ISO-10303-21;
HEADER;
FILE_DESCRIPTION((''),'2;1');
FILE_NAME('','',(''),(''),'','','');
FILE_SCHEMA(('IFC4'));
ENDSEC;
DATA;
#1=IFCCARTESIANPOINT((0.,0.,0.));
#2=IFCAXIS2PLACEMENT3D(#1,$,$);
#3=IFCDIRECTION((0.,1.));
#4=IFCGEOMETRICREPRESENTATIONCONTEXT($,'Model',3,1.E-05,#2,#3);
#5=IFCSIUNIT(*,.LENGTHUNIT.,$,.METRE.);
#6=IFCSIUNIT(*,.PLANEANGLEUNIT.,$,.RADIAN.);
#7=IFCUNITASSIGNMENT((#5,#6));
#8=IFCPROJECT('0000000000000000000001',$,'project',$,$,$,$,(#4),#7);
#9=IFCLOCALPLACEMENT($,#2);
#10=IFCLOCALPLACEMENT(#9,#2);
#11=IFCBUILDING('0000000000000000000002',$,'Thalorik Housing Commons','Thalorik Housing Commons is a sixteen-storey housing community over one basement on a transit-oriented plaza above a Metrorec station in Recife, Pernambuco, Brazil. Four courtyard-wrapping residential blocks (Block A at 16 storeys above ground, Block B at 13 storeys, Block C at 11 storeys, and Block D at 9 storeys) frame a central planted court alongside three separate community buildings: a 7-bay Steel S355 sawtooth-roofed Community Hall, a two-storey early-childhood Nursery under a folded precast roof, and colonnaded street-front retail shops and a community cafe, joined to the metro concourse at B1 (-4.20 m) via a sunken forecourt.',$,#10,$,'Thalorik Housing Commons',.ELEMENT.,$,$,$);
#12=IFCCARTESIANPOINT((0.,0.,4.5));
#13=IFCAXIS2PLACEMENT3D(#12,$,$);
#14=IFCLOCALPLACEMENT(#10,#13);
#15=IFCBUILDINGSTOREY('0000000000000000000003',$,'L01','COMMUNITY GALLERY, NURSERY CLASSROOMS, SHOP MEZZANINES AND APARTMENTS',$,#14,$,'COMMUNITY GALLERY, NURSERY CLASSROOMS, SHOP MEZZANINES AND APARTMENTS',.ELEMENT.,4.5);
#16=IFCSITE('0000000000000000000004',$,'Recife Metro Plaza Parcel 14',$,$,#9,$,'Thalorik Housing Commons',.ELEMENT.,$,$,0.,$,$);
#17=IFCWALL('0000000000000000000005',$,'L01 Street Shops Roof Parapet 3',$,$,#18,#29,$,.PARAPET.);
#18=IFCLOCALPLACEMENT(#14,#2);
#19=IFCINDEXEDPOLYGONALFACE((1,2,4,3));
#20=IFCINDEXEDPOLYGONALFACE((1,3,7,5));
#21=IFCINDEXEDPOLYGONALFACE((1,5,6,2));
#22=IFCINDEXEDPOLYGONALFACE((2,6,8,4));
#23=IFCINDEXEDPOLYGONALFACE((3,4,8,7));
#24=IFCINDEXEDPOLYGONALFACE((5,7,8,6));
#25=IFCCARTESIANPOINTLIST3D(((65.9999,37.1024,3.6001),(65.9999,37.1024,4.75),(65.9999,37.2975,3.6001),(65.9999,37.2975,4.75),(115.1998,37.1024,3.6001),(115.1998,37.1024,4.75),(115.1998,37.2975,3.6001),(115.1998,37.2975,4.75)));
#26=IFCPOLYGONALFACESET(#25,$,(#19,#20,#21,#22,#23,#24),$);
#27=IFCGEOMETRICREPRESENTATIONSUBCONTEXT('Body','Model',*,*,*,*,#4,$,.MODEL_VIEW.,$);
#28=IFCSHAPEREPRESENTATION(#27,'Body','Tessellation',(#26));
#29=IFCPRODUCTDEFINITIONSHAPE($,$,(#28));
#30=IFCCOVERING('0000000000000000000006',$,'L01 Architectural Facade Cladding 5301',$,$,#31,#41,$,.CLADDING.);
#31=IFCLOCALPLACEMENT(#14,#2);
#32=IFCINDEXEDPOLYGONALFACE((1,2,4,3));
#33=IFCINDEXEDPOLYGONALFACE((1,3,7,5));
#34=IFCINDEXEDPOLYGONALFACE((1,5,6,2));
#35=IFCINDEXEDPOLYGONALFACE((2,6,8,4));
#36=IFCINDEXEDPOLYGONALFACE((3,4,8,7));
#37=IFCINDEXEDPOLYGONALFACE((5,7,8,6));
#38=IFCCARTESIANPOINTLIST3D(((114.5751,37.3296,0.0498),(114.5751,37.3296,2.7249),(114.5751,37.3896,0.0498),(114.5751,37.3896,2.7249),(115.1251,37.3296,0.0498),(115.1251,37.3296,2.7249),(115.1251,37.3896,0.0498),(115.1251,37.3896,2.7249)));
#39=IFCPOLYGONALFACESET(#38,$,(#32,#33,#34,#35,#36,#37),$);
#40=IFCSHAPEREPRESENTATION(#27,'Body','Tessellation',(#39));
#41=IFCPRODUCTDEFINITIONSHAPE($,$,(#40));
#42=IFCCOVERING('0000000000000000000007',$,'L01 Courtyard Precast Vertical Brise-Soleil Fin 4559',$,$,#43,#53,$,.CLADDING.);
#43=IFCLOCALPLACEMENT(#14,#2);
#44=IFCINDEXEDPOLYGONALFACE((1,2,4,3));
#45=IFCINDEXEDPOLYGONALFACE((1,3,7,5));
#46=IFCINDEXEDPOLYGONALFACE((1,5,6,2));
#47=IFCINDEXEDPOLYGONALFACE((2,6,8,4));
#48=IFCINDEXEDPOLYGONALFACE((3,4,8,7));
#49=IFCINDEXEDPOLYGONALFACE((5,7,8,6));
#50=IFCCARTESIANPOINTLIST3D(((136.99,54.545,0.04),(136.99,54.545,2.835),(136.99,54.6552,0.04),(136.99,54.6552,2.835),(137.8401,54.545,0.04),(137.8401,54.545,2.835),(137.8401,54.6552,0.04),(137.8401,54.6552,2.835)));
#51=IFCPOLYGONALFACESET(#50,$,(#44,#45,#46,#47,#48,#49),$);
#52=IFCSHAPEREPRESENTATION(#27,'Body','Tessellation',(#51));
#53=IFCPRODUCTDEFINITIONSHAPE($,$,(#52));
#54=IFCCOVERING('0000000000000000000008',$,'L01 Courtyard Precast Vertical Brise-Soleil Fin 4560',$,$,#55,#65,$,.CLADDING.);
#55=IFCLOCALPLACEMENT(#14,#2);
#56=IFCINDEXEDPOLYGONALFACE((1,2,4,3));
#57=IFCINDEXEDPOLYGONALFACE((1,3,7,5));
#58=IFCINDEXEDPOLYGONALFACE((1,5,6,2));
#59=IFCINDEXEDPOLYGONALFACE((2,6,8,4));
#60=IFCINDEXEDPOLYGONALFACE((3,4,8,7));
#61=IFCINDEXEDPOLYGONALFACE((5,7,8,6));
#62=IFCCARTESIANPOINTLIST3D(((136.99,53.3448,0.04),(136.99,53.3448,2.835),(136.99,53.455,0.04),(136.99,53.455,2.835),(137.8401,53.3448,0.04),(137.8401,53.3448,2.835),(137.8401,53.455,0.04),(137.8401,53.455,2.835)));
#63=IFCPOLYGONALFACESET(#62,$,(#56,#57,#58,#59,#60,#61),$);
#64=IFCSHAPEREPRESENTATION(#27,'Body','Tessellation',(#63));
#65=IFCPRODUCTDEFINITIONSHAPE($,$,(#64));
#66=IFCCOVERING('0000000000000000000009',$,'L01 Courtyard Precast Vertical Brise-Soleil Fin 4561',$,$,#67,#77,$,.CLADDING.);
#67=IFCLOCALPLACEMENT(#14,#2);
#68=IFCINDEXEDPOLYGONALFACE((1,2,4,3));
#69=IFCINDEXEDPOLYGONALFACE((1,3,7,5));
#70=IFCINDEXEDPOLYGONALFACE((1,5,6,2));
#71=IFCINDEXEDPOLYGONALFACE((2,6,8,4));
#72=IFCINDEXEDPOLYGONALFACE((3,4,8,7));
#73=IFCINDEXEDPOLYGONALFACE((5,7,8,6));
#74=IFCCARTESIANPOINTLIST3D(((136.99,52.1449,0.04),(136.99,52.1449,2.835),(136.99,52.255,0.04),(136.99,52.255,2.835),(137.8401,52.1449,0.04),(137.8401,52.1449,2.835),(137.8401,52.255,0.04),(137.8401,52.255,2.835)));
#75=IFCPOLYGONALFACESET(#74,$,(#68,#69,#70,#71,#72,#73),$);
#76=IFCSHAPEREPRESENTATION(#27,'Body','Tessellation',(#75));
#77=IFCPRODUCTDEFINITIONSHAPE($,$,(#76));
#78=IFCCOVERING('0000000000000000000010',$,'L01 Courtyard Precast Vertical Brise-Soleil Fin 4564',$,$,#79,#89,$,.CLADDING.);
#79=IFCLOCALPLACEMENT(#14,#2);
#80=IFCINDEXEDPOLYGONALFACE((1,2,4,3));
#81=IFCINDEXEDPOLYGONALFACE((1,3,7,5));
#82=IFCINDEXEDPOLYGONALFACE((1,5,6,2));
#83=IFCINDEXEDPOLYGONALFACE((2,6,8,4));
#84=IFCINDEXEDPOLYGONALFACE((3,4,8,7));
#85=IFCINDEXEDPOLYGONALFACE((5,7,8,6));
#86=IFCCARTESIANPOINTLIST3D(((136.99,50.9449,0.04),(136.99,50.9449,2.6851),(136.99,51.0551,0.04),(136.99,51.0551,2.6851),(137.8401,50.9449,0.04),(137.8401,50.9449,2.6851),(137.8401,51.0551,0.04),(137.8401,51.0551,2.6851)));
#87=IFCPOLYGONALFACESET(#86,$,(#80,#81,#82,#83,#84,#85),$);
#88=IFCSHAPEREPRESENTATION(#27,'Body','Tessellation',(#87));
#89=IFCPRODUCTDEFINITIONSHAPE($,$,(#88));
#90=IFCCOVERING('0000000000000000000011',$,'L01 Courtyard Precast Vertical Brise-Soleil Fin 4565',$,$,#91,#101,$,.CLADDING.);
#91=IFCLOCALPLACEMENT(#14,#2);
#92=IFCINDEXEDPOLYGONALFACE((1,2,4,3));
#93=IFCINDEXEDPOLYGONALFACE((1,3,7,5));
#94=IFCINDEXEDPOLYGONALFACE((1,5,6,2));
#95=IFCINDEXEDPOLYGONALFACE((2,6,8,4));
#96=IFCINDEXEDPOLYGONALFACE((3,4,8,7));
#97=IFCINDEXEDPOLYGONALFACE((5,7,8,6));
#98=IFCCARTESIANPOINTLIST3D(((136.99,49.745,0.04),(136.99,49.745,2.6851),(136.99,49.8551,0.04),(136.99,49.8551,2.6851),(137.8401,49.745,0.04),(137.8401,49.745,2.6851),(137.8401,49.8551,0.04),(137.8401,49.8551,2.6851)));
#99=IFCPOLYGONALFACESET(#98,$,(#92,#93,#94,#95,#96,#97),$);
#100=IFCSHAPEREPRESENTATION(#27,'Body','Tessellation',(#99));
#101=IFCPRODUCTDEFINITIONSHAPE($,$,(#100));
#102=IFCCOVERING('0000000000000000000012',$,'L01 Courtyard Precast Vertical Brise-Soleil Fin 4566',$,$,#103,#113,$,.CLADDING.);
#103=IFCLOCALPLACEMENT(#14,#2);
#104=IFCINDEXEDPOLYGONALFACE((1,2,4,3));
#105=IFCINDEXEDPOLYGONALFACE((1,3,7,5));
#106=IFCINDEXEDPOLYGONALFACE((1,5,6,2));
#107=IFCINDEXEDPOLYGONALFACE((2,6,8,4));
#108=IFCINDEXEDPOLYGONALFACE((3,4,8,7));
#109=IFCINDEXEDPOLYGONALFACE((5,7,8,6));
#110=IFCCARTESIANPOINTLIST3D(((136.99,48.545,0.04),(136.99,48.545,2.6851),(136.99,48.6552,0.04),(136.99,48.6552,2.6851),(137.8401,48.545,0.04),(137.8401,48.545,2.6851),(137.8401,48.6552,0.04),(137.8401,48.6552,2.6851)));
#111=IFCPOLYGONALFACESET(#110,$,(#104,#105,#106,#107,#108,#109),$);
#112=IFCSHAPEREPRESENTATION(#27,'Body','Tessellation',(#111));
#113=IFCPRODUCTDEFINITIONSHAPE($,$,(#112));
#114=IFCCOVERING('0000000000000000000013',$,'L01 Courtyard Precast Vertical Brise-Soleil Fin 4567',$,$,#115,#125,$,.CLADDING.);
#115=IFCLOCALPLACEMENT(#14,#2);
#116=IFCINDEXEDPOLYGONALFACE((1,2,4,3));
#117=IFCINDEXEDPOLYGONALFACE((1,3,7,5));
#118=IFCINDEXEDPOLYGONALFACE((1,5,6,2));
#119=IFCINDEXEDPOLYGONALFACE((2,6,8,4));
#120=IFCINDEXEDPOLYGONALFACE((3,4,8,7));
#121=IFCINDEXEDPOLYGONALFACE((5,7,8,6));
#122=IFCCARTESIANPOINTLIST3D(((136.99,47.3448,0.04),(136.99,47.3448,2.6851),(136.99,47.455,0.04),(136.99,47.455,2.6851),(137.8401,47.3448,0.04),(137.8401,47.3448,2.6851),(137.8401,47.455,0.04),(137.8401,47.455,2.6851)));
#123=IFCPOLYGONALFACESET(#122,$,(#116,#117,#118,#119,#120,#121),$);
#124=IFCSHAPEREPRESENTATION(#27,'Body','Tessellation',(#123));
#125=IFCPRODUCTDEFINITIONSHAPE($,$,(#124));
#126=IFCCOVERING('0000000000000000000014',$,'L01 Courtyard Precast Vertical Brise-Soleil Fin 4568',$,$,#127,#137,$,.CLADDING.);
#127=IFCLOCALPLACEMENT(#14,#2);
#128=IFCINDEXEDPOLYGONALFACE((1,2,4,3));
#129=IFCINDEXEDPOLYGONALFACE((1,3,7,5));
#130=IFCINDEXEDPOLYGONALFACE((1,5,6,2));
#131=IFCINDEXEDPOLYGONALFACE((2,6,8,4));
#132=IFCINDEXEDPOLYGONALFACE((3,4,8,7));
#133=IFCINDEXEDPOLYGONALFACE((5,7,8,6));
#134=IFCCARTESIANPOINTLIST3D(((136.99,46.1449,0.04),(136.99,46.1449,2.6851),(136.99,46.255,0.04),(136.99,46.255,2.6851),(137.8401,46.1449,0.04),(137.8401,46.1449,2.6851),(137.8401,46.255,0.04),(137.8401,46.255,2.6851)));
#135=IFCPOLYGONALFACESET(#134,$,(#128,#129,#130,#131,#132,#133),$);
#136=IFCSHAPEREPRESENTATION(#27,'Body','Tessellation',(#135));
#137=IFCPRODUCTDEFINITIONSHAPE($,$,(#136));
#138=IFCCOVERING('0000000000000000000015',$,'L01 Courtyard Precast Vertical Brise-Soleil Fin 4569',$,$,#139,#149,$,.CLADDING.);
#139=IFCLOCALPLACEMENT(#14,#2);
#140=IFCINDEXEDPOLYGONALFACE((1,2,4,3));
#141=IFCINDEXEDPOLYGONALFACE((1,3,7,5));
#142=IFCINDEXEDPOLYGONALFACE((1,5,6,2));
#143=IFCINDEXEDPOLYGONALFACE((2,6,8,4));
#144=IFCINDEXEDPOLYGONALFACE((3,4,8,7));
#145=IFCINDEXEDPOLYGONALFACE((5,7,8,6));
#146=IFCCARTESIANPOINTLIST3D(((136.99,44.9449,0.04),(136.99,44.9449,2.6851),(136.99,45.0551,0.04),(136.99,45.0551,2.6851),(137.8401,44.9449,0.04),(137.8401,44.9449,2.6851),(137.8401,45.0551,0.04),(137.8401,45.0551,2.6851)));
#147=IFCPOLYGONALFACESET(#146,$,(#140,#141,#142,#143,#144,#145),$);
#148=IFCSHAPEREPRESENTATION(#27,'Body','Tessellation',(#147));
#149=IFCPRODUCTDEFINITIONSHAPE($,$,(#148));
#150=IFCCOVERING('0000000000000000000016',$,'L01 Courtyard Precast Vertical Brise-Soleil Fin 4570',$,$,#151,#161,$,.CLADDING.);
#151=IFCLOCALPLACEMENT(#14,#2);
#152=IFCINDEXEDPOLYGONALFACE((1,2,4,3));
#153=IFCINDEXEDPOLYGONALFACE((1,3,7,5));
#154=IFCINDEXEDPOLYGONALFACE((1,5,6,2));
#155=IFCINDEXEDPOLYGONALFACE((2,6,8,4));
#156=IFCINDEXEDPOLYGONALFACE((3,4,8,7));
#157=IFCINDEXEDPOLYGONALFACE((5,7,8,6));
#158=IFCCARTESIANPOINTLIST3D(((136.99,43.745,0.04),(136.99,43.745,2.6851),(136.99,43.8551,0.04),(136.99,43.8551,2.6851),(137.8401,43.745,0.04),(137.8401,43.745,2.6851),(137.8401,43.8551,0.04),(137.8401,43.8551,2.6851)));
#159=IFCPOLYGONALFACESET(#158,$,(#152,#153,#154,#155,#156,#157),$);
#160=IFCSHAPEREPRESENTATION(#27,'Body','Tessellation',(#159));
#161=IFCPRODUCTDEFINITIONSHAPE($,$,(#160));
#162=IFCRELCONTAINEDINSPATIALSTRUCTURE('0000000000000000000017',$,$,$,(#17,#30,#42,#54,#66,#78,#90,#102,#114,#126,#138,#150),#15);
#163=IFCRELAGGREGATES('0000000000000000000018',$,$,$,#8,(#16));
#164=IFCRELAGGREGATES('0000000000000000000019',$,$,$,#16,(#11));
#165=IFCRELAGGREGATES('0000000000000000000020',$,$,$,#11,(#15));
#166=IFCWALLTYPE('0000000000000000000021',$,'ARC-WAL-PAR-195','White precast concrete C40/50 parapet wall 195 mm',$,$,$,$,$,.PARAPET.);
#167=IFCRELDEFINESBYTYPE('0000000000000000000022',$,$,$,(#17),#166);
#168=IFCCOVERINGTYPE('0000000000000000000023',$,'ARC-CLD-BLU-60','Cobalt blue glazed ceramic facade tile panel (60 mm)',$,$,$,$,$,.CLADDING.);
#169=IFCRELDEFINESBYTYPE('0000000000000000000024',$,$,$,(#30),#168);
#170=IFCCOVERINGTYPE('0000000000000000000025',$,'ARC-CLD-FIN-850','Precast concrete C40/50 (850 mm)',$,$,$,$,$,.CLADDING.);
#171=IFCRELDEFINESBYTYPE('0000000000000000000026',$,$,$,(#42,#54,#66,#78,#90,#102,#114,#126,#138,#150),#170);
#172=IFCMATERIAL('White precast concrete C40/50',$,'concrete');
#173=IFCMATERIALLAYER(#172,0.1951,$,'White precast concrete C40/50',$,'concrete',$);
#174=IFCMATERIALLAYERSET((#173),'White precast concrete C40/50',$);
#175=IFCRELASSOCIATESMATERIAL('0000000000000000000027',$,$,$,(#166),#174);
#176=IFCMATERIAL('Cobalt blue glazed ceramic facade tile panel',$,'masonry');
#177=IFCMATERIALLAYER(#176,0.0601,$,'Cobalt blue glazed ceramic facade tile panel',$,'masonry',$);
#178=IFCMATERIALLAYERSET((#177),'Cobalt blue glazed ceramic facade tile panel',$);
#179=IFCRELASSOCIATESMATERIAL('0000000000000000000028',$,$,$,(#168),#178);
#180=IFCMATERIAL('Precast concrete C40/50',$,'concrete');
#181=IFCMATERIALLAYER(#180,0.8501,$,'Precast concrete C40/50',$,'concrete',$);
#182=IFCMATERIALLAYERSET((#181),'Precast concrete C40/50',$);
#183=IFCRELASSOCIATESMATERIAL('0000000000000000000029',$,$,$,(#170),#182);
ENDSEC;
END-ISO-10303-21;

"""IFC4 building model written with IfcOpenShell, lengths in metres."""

from ifc_helpers import new_model, si_unit, direction, frame, frame_2d, origin, origin_2d, place, context, subcontext, project, spatial, rectangle, extrude, material, layer, layer_set, type_object, element, save


model = new_model("IFC4")

# Units and contexts
model_context = context("Model", 3, precision=1e-05, world=origin(), true_north=direction((0.0, 1.0)))
body_context = subcontext(model_context, "Body", "Model", "MODEL_VIEW")
ifc_project = project(units=[si_unit("LENGTHUNIT", "METRE"), si_unit("PLANEANGLEUNIT", "RADIAN")], contexts=[model_context])

# Site, building, storey
site_placement = place(None, origin())
site = spatial("IfcSite", under=ifc_project, at=site_placement, Name="Recife Metro Plaza Parcel 14", LongName="Thalorik Housing Commons", CompositionType="ELEMENT", RefElevation=0.0)
building_placement = place(site_placement, origin())
building = spatial("IfcBuilding", under=site, at=building_placement, Name="Thalorik Housing Commons", Description="Thalorik Housing Commons is a sixteen-storey housing community over one basement on a transit-oriented plaza above a Metrorec station in Recife, Pernambuco, Brazil. Four courtyard-wrapping residential blocks (Block A at 16 storeys above ground, Block B at 13 storeys, Block C at 11 storeys, and Block D at 9 storeys) frame a central planted court alongside three separate community buildings: a 7-bay Steel S355 sawtooth-roofed Community Hall, a two-storey early-childhood Nursery under a folded precast roof, and colonnaded street-front retail shops and a community cafe, joined to the metro concourse at B1 (-4.20 m) via a sunken forecourt.", LongName="Thalorik Housing Commons", CompositionType="ELEMENT")
storey_placement = place(building_placement, frame((0.0, 0.0, 4.5)))
storey = spatial("IfcBuildingStorey", under=building, at=storey_placement, Name="L01", Description="COMMUNITY GALLERY, NURSERY CLASSROOMS, SHOP MEZZANINES AND APARTMENTS", LongName="COMMUNITY GALLERY, NURSERY CLASSROOMS, SHOP MEZZANINES AND APARTMENTS", CompositionType="ELEMENT", Elevation=4.5)

# Shared definitions
ifc_material_1 = material(Name="Precast concrete C40/50", Category="concrete")

# Shared definitions
ifc_material_2 = material(Name="White precast concrete C40/50", Category="concrete")

# Wall
ifc_layer_1 = layer(ifc_material_2, 0.1951, Name="White precast concrete C40/50", Category="concrete")
ifc_layer_set_1 = layer_set([ifc_layer_1], Name="White precast concrete C40/50")
wall_type_1 = type_object("IfcWallType", Name="ARC-WAL-PAR-195", Description="White precast concrete C40/50 parapet wall 195 mm", PredefinedType="PARAPET", material=ifc_layer_set_1)
wall_1_placement = place(storey_placement, frame((115.2, 37.2, 3.6001), z_axis=(0.0, 0.0, 1.0), x_axis=(-1.0, 0.0, 0.0)))
element("IfcWall", 1, at=wall_1_placement, inside=storey, type_object=wall_type_1, Name="L01 Street Shops Roof Parapet 3", PredefinedType="PARAPET", context=body_context, shape_type="SweptSolid", body=[
    extrude(rectangle(XDim=49.2, YDim=0.1951, at=frame_2d((24.6001, 0.0))), origin(), (0.0, 0.0, 1.0), 1.1499),
])

# Coverings
ifc_material_3 = material(Name="Cobalt blue glazed ceramic facade tile panel", Category="masonry")
ifc_layer_2 = layer(ifc_material_3, 0.0601, Name="Cobalt blue glazed ceramic facade tile panel", Category="masonry")
ifc_layer_set_2 = layer_set([ifc_layer_2], Name="Cobalt blue glazed ceramic facade tile panel")
covering_type_1 = type_object("IfcCoveringType", Name="ARC-CLD-BLU-60", Description="Cobalt blue glazed ceramic facade tile panel (60 mm)", PredefinedType="CLADDING", material=ifc_layer_set_2)
covering_placement = place(storey_placement, frame((114.8501, 37.3596, 0.0498), z_axis=(0.0, 0.0, 1.0), x_axis=(-1.0, 0.0, 0.0)))
element("IfcCovering", 2, at=covering_placement, inside=storey, type_object=covering_type_1, Name="L01 Architectural Facade Cladding 5301", PredefinedType="CLADDING", context=body_context, shape_type="SweptSolid", body=[
    extrude(rectangle(XDim=0.55, YDim=0.0601, at=origin_2d()), origin(), (0.0, 0.0, 1.0), 2.675),
])
ifc_layer_3 = layer(ifc_material_1, 0.8501, Name="Precast concrete C40/50", Category="concrete")
ifc_layer_set_3 = layer_set([ifc_layer_3], Name="Precast concrete C40/50")
covering_type_2 = type_object("IfcCoveringType", Name="ARC-CLD-FIN-850", Description="Precast concrete C40/50 (850 mm)", PredefinedType="CLADDING", material=ifc_layer_set_3)
for number, where, z_axis, x_axis, name in (
    (3, (137.415, 54.6001, 0.04), (0.0, 0.0, 1.0), (0.0, -1.0, 0.0), "L01 Courtyard Precast Vertical Brise-Soleil Fin 4559"),
    (4, (137.415, 53.3999, 0.04), (0.0, 0.0, 1.0), (0.0, -1.0, 0.0), "L01 Courtyard Precast Vertical Brise-Soleil Fin 4560"),
    (5, (137.415, 52.2, 0.04), (0.0, 0.0, 1.0), (0.0, -1.0, 0.0), "L01 Courtyard Precast Vertical Brise-Soleil Fin 4561"),
):
    element("IfcCovering", number, at=place(storey_placement, frame(where, z_axis=z_axis, x_axis=x_axis)), inside=storey, type_object=covering_type_2, Name=name, PredefinedType="CLADDING", context=body_context, shape_type="SweptSolid", body=[
        extrude(rectangle(XDim=0.1101, YDim=0.8501, at=origin_2d()), origin(), (0.0, 0.0, 1.0), 2.7949),
    ])
for number, where, z_axis, x_axis, name in (
    (6, (137.415, 51.0, 0.04), (0.0, 0.0, 1.0), (0.0, -1.0, 0.0), "L01 Courtyard Precast Vertical Brise-Soleil Fin 4564"),
    (7, (137.415, 49.8, 0.04), (0.0, 0.0, 1.0), (0.0, -1.0, 0.0), "L01 Courtyard Precast Vertical Brise-Soleil Fin 4565"),
    (8, (137.415, 48.6001, 0.04), (0.0, 0.0, 1.0), (0.0, -1.0, 0.0), "L01 Courtyard Precast Vertical Brise-Soleil Fin 4566"),
    (9, (137.415, 47.3999, 0.04), (0.0, 0.0, 1.0), (0.0, -1.0, 0.0), "L01 Courtyard Precast Vertical Brise-Soleil Fin 4567"),
    (10, (137.415, 46.2, 0.04), (0.0, 0.0, 1.0), (0.0, -1.0, 0.0), "L01 Courtyard Precast Vertical Brise-Soleil Fin 4568"),
    (11, (137.415, 45.0, 0.04), (0.0, 0.0, 1.0), (0.0, -1.0, 0.0), "L01 Courtyard Precast Vertical Brise-Soleil Fin 4569"),
    (12, (137.415, 43.8, 0.04), (0.0, 0.0, 1.0), (0.0, -1.0, 0.0), "L01 Courtyard Precast Vertical Brise-Soleil Fin 4570"),
):
    element("IfcCovering", number, at=place(storey_placement, frame(where, z_axis=z_axis, x_axis=x_axis)), inside=storey, type_object=covering_type_2, Name=name, PredefinedType="CLADDING", context=body_context, shape_type="SweptSolid", body=[
        extrude(rectangle(XDim=0.1101, YDim=0.8501, at=origin_2d()), origin(), (0.0, 0.0, 1.0), 2.645),
    ])

save(model, "model.ifc")
